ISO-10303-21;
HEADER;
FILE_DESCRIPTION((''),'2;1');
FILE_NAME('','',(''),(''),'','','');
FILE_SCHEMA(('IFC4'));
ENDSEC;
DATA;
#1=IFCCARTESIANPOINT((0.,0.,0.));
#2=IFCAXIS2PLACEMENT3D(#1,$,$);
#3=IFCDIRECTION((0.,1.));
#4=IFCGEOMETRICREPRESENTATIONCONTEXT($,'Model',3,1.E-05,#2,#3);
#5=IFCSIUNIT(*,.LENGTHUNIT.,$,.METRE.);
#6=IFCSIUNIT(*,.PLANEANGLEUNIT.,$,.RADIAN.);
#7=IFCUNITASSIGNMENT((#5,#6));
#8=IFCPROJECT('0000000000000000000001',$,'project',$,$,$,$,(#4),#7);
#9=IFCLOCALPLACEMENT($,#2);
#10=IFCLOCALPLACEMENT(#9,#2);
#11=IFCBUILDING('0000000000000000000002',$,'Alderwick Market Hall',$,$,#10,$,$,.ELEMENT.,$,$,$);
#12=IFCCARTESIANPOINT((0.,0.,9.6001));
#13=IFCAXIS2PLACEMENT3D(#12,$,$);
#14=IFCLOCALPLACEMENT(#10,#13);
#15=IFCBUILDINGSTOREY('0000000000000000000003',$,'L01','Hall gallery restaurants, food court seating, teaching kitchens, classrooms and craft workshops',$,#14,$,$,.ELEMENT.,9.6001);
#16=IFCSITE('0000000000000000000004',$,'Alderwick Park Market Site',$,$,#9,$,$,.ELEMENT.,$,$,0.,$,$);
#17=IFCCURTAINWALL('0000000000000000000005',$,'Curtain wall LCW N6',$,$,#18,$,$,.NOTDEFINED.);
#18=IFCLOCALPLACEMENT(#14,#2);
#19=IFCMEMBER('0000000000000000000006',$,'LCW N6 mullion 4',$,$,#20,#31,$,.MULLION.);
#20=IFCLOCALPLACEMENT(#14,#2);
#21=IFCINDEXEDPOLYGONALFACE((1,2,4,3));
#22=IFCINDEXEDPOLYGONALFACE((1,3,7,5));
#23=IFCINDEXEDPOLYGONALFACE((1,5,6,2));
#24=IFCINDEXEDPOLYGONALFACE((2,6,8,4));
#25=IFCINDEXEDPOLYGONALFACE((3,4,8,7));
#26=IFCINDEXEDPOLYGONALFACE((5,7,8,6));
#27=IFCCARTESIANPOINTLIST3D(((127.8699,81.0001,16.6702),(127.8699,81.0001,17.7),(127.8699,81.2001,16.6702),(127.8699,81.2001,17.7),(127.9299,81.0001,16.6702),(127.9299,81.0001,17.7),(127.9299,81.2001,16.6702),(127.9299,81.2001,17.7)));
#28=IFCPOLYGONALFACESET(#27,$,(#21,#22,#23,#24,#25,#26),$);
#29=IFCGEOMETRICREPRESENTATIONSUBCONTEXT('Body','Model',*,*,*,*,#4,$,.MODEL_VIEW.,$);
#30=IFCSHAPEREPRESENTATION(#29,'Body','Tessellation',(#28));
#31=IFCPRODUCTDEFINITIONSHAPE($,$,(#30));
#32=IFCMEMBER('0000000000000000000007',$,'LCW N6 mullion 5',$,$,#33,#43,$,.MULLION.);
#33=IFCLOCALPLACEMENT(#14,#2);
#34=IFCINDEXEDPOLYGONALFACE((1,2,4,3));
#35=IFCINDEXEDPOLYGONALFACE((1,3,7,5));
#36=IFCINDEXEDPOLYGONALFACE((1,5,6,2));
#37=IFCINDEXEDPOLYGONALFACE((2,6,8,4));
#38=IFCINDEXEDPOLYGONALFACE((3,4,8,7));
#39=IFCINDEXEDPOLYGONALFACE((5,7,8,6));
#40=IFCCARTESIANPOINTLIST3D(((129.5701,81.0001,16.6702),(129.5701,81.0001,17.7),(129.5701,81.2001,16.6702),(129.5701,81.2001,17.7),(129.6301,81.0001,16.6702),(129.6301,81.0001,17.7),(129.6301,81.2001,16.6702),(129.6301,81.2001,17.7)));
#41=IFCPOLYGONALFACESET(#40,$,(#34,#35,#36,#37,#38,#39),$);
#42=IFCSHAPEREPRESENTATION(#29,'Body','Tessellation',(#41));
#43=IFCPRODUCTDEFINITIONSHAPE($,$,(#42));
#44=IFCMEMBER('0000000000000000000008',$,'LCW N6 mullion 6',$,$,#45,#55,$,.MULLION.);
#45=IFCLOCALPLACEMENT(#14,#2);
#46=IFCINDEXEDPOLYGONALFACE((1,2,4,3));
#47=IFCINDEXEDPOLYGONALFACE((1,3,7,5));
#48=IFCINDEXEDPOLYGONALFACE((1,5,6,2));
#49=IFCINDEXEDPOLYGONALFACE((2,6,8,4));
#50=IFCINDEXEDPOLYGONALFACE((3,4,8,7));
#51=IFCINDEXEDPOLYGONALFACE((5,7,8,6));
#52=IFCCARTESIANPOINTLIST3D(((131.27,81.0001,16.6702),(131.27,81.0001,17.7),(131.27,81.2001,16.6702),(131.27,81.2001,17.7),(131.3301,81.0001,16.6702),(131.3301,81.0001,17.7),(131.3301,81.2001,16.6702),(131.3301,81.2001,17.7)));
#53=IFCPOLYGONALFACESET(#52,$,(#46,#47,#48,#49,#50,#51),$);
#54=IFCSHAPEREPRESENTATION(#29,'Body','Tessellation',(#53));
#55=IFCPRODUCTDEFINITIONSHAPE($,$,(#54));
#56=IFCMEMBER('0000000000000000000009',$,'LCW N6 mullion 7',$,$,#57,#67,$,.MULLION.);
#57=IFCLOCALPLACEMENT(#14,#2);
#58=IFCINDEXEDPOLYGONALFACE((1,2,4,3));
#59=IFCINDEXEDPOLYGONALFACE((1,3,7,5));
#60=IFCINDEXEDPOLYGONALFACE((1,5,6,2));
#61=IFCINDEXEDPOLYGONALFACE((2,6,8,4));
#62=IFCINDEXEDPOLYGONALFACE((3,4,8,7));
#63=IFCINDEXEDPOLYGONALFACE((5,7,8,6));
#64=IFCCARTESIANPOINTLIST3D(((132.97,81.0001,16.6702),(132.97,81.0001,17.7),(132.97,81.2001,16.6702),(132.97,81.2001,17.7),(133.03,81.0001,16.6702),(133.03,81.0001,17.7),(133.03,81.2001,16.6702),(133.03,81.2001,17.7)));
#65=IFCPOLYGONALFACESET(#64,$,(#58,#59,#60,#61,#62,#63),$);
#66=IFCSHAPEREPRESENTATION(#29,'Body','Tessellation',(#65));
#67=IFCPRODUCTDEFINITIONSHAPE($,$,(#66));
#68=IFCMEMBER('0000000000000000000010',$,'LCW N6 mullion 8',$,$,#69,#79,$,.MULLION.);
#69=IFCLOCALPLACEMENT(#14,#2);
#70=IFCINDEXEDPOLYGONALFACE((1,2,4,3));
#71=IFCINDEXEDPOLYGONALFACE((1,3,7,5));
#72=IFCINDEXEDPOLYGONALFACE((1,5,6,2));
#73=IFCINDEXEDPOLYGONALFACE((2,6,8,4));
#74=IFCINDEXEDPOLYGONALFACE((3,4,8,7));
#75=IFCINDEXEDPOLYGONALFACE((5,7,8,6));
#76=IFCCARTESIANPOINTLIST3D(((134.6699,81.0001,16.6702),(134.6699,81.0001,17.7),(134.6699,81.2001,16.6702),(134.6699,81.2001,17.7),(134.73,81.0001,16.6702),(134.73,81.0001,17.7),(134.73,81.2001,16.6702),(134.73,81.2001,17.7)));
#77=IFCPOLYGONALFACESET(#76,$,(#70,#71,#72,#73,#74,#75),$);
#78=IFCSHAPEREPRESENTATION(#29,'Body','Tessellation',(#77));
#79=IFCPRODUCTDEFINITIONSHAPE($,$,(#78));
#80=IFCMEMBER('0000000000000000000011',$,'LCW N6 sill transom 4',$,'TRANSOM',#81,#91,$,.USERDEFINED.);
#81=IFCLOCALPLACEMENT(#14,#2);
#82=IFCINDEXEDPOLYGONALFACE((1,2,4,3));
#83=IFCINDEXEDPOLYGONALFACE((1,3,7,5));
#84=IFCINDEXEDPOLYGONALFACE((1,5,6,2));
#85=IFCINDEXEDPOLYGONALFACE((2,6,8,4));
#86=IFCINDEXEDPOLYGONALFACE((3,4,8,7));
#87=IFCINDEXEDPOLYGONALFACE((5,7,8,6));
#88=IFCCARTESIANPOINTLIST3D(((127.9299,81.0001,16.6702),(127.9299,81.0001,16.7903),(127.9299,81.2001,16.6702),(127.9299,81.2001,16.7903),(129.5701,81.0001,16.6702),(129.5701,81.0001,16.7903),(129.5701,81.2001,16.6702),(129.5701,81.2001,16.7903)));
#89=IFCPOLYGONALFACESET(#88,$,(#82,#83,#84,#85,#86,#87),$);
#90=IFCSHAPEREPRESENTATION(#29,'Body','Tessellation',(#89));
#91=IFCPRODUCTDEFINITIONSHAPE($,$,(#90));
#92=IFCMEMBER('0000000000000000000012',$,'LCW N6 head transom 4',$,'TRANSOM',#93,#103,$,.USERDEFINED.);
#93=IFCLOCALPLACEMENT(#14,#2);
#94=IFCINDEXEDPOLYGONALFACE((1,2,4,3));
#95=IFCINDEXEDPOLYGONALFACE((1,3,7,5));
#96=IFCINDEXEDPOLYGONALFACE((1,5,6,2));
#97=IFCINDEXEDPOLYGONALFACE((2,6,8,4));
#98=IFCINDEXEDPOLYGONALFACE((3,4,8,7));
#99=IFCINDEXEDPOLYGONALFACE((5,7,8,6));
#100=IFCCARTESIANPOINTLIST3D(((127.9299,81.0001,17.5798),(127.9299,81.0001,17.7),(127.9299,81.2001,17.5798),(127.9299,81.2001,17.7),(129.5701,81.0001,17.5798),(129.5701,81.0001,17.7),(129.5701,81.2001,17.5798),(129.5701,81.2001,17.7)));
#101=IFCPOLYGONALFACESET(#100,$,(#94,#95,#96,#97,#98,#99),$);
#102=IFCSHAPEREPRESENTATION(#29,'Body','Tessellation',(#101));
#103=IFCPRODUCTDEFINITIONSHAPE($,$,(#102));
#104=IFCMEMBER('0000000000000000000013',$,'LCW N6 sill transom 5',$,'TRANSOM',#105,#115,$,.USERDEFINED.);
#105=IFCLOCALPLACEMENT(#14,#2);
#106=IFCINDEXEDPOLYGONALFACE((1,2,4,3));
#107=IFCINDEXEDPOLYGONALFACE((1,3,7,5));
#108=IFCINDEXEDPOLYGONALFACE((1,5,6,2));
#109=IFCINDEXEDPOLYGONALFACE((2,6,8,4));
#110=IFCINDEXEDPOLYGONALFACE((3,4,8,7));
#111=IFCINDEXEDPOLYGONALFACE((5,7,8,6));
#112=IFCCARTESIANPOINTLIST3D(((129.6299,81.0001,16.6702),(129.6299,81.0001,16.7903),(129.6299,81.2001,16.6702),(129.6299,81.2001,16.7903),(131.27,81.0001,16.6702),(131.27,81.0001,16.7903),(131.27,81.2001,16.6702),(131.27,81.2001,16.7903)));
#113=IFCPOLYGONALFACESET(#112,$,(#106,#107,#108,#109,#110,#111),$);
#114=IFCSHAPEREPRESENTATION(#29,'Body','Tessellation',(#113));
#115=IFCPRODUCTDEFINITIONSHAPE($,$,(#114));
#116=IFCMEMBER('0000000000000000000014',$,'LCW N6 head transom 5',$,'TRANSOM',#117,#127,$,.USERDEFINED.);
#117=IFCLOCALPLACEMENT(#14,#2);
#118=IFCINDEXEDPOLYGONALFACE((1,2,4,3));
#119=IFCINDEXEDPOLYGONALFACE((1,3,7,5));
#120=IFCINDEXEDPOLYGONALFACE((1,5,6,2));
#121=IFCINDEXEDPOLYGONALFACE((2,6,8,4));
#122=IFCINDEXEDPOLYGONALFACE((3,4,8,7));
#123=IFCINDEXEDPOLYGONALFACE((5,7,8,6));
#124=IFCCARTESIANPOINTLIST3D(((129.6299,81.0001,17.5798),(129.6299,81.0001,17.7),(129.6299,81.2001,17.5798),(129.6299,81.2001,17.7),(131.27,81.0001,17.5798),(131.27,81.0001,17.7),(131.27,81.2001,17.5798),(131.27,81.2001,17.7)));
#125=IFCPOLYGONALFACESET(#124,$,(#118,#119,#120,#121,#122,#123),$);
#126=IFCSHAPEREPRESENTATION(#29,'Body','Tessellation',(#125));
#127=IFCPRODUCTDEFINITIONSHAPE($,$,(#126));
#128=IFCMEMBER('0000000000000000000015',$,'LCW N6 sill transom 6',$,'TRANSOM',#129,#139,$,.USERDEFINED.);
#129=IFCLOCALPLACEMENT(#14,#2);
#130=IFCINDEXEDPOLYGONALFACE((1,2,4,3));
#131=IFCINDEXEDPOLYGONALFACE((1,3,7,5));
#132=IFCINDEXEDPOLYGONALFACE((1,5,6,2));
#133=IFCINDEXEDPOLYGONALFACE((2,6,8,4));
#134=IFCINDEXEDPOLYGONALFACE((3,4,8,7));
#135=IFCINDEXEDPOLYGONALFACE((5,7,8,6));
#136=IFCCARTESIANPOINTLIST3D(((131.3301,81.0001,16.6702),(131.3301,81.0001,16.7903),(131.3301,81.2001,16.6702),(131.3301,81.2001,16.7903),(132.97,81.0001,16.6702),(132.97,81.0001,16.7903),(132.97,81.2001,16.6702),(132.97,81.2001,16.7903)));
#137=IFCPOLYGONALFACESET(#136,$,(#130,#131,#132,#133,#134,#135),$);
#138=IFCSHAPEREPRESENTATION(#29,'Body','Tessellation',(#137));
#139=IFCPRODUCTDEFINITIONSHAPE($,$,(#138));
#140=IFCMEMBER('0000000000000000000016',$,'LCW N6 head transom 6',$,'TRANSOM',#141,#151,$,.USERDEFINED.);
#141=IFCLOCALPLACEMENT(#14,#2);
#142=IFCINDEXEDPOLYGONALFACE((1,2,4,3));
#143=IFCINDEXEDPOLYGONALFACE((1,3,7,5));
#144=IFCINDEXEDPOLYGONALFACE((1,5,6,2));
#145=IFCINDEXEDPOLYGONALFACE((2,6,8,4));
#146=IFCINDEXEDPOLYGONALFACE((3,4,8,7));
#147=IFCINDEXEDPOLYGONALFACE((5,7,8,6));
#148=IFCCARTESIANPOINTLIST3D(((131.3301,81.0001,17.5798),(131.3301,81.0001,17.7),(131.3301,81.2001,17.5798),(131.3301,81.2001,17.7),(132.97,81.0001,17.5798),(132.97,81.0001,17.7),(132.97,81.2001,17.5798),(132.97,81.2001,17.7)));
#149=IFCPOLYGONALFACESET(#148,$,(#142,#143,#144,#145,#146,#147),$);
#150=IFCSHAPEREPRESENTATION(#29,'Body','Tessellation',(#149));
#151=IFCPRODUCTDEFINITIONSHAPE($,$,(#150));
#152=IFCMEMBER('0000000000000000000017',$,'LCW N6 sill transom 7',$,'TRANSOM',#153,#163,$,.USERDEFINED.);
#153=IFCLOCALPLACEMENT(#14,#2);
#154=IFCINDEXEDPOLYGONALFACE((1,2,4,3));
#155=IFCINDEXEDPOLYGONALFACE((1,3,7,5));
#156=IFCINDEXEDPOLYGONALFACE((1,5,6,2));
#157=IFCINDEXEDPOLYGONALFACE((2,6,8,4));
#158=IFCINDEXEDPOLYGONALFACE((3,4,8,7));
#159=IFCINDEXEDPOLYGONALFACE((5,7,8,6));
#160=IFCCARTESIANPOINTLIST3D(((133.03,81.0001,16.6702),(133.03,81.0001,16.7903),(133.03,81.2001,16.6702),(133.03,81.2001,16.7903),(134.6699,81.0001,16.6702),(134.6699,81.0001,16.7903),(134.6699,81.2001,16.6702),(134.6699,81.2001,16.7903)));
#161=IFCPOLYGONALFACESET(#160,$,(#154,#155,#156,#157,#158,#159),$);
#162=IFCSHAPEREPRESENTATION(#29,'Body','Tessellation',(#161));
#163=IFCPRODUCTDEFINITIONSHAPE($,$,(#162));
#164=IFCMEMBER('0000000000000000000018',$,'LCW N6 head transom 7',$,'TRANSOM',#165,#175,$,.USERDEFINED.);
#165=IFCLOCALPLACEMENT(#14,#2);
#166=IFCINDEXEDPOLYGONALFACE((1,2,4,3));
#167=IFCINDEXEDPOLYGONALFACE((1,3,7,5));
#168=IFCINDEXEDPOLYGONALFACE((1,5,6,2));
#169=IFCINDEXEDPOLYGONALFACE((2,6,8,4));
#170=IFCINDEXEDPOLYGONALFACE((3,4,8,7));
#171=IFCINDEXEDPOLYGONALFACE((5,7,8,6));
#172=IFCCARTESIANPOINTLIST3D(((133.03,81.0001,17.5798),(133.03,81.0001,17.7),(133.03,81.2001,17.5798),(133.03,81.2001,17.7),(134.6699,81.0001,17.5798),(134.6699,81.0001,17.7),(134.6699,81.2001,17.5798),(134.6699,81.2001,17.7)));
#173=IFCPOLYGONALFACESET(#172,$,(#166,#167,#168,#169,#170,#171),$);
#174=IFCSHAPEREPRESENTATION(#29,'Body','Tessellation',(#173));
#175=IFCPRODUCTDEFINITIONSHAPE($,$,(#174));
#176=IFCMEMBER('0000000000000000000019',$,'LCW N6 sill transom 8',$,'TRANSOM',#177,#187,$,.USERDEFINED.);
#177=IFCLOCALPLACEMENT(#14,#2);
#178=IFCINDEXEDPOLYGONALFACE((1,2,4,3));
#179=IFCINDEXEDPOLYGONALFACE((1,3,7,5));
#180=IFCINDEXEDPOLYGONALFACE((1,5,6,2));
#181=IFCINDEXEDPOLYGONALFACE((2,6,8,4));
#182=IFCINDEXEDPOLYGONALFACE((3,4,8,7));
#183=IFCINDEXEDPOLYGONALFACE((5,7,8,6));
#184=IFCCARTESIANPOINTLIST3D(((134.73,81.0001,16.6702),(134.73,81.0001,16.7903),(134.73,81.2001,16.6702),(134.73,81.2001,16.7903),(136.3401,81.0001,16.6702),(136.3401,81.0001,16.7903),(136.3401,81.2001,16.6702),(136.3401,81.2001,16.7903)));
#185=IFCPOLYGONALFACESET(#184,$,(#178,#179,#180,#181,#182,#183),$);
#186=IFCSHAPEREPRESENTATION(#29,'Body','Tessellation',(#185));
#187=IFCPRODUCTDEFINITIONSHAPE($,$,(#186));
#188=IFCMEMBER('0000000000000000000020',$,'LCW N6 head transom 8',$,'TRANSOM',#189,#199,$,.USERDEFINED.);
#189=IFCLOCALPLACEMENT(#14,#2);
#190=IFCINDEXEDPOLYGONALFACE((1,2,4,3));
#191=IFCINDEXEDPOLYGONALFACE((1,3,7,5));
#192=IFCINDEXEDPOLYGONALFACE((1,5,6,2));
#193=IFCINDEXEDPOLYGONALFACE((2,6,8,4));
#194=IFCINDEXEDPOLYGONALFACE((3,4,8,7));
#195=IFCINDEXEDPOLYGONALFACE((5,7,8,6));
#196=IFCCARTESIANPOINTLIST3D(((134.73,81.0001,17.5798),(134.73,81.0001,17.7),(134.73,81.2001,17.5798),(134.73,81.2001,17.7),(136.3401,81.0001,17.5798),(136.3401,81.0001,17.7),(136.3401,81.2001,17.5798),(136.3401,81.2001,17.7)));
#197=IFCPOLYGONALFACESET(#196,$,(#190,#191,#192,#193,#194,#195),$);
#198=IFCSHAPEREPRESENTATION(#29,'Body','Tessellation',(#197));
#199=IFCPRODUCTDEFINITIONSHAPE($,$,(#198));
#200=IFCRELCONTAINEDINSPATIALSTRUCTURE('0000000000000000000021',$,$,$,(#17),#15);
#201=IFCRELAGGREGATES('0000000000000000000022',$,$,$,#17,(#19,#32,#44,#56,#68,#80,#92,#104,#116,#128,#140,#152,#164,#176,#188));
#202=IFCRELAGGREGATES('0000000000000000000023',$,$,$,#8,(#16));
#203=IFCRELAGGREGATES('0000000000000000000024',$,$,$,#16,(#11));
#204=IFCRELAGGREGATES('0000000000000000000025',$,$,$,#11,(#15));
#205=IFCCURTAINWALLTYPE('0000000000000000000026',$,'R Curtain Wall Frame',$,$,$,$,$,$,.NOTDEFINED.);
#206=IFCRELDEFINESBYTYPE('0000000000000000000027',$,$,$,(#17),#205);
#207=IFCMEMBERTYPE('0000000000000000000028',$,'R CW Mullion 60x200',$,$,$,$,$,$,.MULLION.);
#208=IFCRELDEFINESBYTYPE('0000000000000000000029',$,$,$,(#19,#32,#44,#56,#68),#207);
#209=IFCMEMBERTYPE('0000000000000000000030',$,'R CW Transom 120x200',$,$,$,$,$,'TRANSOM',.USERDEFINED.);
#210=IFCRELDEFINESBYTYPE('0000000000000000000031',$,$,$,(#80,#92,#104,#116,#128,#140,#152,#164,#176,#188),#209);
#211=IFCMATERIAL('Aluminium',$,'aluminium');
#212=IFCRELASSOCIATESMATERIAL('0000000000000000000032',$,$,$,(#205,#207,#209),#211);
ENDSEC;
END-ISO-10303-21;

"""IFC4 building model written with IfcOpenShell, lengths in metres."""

from ifc_helpers import new_model, si_unit, direction, frame, origin, origin_2d, place, context, subcontext, project, spatial, rectangle, extrude, material, material_profile, profile_set, type_object, element, aggregate, save


model = new_model("IFC4")

# Units and contexts
model_context = context("Model", 3, precision=1e-05, world=origin(), true_north=direction((0.0, 1.0)))
body_context = subcontext(model_context, "Body", "Model", "MODEL_VIEW")
ifc_project = project(units=[si_unit("LENGTHUNIT", "METRE"), si_unit("PLANEANGLEUNIT", "RADIAN")], contexts=[model_context])

# Site, building, storey
site_placement = place(None, origin())
site = spatial("IfcSite", under=ifc_project, at=site_placement, Name="Alderwick Park Market Site", CompositionType="ELEMENT", RefElevation=0.0)
building_placement = place(site_placement, origin())
building = spatial("IfcBuilding", under=site, at=building_placement, Name="Alderwick Market Hall", CompositionType="ELEMENT")
storey_placement = place(building_placement, frame((0.0, 0.0, 9.6001)))
storey = spatial("IfcBuildingStorey", under=building, at=storey_placement, Name="L01", Description="Hall gallery restaurants, food court seating, teaching kitchens, classrooms and craft workshops", CompositionType="ELEMENT", Elevation=9.6001)

# Curtain wall, members
ifc_material_1 = material(Name="Aluminium", Category="aluminium")
curtain_wall_type = type_object("IfcCurtainWallType", Name="R Curtain Wall Frame", PredefinedType="NOTDEFINED", material=ifc_material_1)
curtain_wall_1_placement = place(storey_placement, origin())
curtain_wall_1 = element("IfcCurtainWall", 1, at=curtain_wall_1_placement, inside=storey, type_object=curtain_wall_type, Name="Curtain wall LCW N6", PredefinedType="NOTDEFINED")
ifc_material_profile_1 = material_profile(ifc_material_1, rectangle(XDim=0.2, YDim=0.0601, at=origin_2d()), Name="AL 60x200")
ifc_profile_set_1 = profile_set([ifc_material_profile_1], Name="Aluminium")
member_type_1 = type_object("IfcMemberType", Name="R CW Mullion 60x200", PredefinedType="MULLION", material=ifc_profile_set_1)
member_1_placement = place(storey_placement, frame((127.8999, 81.1001, 16.6702), z_axis=(0.0, 0.0, 1.0), x_axis=(0.0, 1.0, 0.0)))
member_1 = element("IfcMember", 2, at=member_1_placement, type_object=member_type_1, Name="LCW N6 mullion 4", PredefinedType="MULLION", context=body_context, shape_type="SweptSolid", body=[
    extrude(rectangle(XDim=0.2, YDim=0.0601, at=origin_2d()), origin(), (0.0, 0.0, 1.0), 1.0298),
])
member_2_placement = place(storey_placement, frame((129.6001, 81.1001, 16.6702), z_axis=(0.0, 0.0, 1.0), x_axis=(0.0, 1.0, 0.0)))
member_2 = element("IfcMember", 3, at=member_2_placement, type_object=member_type_1, Name="LCW N6 mullion 5", PredefinedType="MULLION", context=body_context, shape_type="SweptSolid", body=[
    extrude(rectangle(XDim=0.2, YDim=0.0601, at=origin_2d()), origin(), (0.0, 0.0, 1.0), 1.0298),
])
member_3_placement = place(storey_placement, frame((131.3, 81.1001, 16.6702), z_axis=(0.0, 0.0, 1.0), x_axis=(0.0, 1.0, 0.0)))
member_3 = element("IfcMember", 4, at=member_3_placement, type_object=member_type_1, Name="LCW N6 mullion 6", PredefinedType="MULLION", context=body_context, shape_type="SweptSolid", body=[
    extrude(rectangle(XDim=0.2, YDim=0.0601, at=origin_2d()), origin(), (0.0, 0.0, 1.0), 1.0298),
])
member_4_placement = place(storey_placement, frame((133.0, 81.1001, 16.6702), z_axis=(0.0, 0.0, 1.0), x_axis=(0.0, 1.0, 0.0)))
member_4 = element("IfcMember", 5, at=member_4_placement, type_object=member_type_1, Name="LCW N6 mullion 7", PredefinedType="MULLION", context=body_context, shape_type="SweptSolid", body=[
    extrude(rectangle(XDim=0.2, YDim=0.0601, at=origin_2d()), origin(), (0.0, 0.0, 1.0), 1.0298),
])
member_5_placement = place(storey_placement, frame((134.7, 81.1001, 16.6702), z_axis=(0.0, 0.0, 1.0), x_axis=(0.0, 1.0, 0.0)))
member_5 = element("IfcMember", 6, at=member_5_placement, type_object=member_type_1, Name="LCW N6 mullion 8", PredefinedType="MULLION", context=body_context, shape_type="SweptSolid", body=[
    extrude(rectangle(XDim=0.2, YDim=0.0601, at=origin_2d()), origin(), (0.0, 0.0, 1.0), 1.0298),
])
ifc_material_profile_2 = material_profile(ifc_material_1, rectangle(XDim=0.2, YDim=0.1201, at=origin_2d()), Name="AL 120x200")
ifc_profile_set_2 = profile_set([ifc_material_profile_2], Name="Aluminium")
member_type_2 = type_object("IfcMemberType", Name="R CW Transom 120x200", ElementType="TRANSOM", PredefinedType="USERDEFINED", material=ifc_profile_set_2)
member_6_placement = place(storey_placement, frame((127.9299, 81.1001, 16.7302), z_axis=(1.0, 0.0, 0.0), x_axis=(0.0, 1.0, 0.0)))
member_6 = element("IfcMember", 7, at=member_6_placement, type_object=member_type_2, Name="LCW N6 sill transom 4", ObjectType="TRANSOM", PredefinedType="USERDEFINED", context=body_context, shape_type="SweptSolid", body=[
    extrude(rectangle(XDim=0.2, YDim=0.1201, at=origin_2d()), origin(), (0.0, 0.0, 1.0), 1.6401),
])
member_7_placement = place(storey_placement, frame((127.9299, 81.1001, 17.6399), z_axis=(1.0, 0.0, 0.0), x_axis=(0.0, 1.0, 0.0)))
member_7 = element("IfcMember", 8, at=member_7_placement, type_object=member_type_2, Name="LCW N6 head transom 4", ObjectType="TRANSOM", PredefinedType="USERDEFINED", context=body_context, shape_type="SweptSolid", body=[
    extrude(rectangle(XDim=0.2, YDim=0.1201, at=origin_2d()), origin(), (0.0, 0.0, 1.0), 1.6401),
])
member_8_placement = place(storey_placement, frame((129.6299, 81.1001, 16.7302), z_axis=(1.0, 0.0, 0.0), x_axis=(0.0, 1.0, 0.0)))
member_8 = element("IfcMember", 9, at=member_8_placement, type_object=member_type_2, Name="LCW N6 sill transom 5", ObjectType="TRANSOM", PredefinedType="USERDEFINED", context=body_context, shape_type="SweptSolid", body=[
    extrude(rectangle(XDim=0.2, YDim=0.1201, at=origin_2d()), origin(), (0.0, 0.0, 1.0), 1.6401),
])
member_9_placement = place(storey_placement, frame((129.6299, 81.1001, 17.6399), z_axis=(1.0, 0.0, 0.0), x_axis=(0.0, 1.0, 0.0)))
member_9 = element("IfcMember", 10, at=member_9_placement, type_object=member_type_2, Name="LCW N6 head transom 5", ObjectType="TRANSOM", PredefinedType="USERDEFINED", context=body_context, shape_type="SweptSolid", body=[
    extrude(rectangle(XDim=0.2, YDim=0.1201, at=origin_2d()), origin(), (0.0, 0.0, 1.0), 1.6401),
])
member_10_placement = place(storey_placement, frame((131.3301, 81.1001, 16.7302), z_axis=(1.0, 0.0, 0.0), x_axis=(0.0, 1.0, 0.0)))
member_10 = element("IfcMember", 11, at=member_10_placement, type_object=member_type_2, Name="LCW N6 sill transom 6", ObjectType="TRANSOM", PredefinedType="USERDEFINED", context=body_context, shape_type="SweptSolid", body=[
    extrude(rectangle(XDim=0.2, YDim=0.1201, at=origin_2d()), origin(), (0.0, 0.0, 1.0), 1.6399),
])
member_11_placement = place(storey_placement, frame((131.3301, 81.1001, 17.6399), z_axis=(1.0, 0.0, 0.0), x_axis=(0.0, 1.0, 0.0)))
member_11 = element("IfcMember", 12, at=member_11_placement, type_object=member_type_2, Name="LCW N6 head transom 6", ObjectType="TRANSOM", PredefinedType="USERDEFINED", context=body_context, shape_type="SweptSolid", body=[
    extrude(rectangle(XDim=0.2, YDim=0.1201, at=origin_2d()), origin(), (0.0, 0.0, 1.0), 1.6399),
])
member_12_placement = place(storey_placement, frame((133.03, 81.1001, 16.7302), z_axis=(1.0, 0.0, 0.0), x_axis=(0.0, 1.0, 0.0)))
member_12 = element("IfcMember", 13, at=member_12_placement, type_object=member_type_2, Name="LCW N6 sill transom 7", ObjectType="TRANSOM", PredefinedType="USERDEFINED", context=body_context, shape_type="SweptSolid", body=[
    extrude(rectangle(XDim=0.2, YDim=0.1201, at=origin_2d()), origin(), (0.0, 0.0, 1.0), 1.6399),
])
member_13_placement = place(storey_placement, frame((133.03, 81.1001, 17.6399), z_axis=(1.0, 0.0, 0.0), x_axis=(0.0, 1.0, 0.0)))
member_13 = element("IfcMember", 14, at=member_13_placement, type_object=member_type_2, Name="LCW N6 head transom 7", ObjectType="TRANSOM", PredefinedType="USERDEFINED", context=body_context, shape_type="SweptSolid", body=[
    extrude(rectangle(XDim=0.2, YDim=0.1201, at=origin_2d()), origin(), (0.0, 0.0, 1.0), 1.6399),
])
member_14_placement = place(storey_placement, frame((134.73, 81.1001, 16.7302), z_axis=(1.0, 0.0, 0.0), x_axis=(0.0, 1.0, 0.0)))
member_14 = element("IfcMember", 15, at=member_14_placement, type_object=member_type_2, Name="LCW N6 sill transom 8", ObjectType="TRANSOM", PredefinedType="USERDEFINED", context=body_context, shape_type="SweptSolid", body=[
    extrude(rectangle(XDim=0.2, YDim=0.1201, at=origin_2d()), origin(), (0.0, 0.0, 1.0), 1.6101),
])
member_15_placement = place(storey_placement, frame((134.73, 81.1001, 17.6399), z_axis=(1.0, 0.0, 0.0), x_axis=(0.0, 1.0, 0.0)))
member_15 = element("IfcMember", 16, at=member_15_placement, type_object=member_type_2, Name="LCW N6 head transom 8", ObjectType="TRANSOM", PredefinedType="USERDEFINED", context=body_context, shape_type="SweptSolid", body=[
    extrude(rectangle(XDim=0.2, YDim=0.1201, at=origin_2d()), origin(), (0.0, 0.0, 1.0), 1.6101),
])

aggregate(curtain_wall_1, [member_1, member_2, member_3, member_4, member_5, member_6, member_7, member_8, member_9, member_10, member_11, member_12, member_13, member_14, member_15])

save(model, "model.ifc")
